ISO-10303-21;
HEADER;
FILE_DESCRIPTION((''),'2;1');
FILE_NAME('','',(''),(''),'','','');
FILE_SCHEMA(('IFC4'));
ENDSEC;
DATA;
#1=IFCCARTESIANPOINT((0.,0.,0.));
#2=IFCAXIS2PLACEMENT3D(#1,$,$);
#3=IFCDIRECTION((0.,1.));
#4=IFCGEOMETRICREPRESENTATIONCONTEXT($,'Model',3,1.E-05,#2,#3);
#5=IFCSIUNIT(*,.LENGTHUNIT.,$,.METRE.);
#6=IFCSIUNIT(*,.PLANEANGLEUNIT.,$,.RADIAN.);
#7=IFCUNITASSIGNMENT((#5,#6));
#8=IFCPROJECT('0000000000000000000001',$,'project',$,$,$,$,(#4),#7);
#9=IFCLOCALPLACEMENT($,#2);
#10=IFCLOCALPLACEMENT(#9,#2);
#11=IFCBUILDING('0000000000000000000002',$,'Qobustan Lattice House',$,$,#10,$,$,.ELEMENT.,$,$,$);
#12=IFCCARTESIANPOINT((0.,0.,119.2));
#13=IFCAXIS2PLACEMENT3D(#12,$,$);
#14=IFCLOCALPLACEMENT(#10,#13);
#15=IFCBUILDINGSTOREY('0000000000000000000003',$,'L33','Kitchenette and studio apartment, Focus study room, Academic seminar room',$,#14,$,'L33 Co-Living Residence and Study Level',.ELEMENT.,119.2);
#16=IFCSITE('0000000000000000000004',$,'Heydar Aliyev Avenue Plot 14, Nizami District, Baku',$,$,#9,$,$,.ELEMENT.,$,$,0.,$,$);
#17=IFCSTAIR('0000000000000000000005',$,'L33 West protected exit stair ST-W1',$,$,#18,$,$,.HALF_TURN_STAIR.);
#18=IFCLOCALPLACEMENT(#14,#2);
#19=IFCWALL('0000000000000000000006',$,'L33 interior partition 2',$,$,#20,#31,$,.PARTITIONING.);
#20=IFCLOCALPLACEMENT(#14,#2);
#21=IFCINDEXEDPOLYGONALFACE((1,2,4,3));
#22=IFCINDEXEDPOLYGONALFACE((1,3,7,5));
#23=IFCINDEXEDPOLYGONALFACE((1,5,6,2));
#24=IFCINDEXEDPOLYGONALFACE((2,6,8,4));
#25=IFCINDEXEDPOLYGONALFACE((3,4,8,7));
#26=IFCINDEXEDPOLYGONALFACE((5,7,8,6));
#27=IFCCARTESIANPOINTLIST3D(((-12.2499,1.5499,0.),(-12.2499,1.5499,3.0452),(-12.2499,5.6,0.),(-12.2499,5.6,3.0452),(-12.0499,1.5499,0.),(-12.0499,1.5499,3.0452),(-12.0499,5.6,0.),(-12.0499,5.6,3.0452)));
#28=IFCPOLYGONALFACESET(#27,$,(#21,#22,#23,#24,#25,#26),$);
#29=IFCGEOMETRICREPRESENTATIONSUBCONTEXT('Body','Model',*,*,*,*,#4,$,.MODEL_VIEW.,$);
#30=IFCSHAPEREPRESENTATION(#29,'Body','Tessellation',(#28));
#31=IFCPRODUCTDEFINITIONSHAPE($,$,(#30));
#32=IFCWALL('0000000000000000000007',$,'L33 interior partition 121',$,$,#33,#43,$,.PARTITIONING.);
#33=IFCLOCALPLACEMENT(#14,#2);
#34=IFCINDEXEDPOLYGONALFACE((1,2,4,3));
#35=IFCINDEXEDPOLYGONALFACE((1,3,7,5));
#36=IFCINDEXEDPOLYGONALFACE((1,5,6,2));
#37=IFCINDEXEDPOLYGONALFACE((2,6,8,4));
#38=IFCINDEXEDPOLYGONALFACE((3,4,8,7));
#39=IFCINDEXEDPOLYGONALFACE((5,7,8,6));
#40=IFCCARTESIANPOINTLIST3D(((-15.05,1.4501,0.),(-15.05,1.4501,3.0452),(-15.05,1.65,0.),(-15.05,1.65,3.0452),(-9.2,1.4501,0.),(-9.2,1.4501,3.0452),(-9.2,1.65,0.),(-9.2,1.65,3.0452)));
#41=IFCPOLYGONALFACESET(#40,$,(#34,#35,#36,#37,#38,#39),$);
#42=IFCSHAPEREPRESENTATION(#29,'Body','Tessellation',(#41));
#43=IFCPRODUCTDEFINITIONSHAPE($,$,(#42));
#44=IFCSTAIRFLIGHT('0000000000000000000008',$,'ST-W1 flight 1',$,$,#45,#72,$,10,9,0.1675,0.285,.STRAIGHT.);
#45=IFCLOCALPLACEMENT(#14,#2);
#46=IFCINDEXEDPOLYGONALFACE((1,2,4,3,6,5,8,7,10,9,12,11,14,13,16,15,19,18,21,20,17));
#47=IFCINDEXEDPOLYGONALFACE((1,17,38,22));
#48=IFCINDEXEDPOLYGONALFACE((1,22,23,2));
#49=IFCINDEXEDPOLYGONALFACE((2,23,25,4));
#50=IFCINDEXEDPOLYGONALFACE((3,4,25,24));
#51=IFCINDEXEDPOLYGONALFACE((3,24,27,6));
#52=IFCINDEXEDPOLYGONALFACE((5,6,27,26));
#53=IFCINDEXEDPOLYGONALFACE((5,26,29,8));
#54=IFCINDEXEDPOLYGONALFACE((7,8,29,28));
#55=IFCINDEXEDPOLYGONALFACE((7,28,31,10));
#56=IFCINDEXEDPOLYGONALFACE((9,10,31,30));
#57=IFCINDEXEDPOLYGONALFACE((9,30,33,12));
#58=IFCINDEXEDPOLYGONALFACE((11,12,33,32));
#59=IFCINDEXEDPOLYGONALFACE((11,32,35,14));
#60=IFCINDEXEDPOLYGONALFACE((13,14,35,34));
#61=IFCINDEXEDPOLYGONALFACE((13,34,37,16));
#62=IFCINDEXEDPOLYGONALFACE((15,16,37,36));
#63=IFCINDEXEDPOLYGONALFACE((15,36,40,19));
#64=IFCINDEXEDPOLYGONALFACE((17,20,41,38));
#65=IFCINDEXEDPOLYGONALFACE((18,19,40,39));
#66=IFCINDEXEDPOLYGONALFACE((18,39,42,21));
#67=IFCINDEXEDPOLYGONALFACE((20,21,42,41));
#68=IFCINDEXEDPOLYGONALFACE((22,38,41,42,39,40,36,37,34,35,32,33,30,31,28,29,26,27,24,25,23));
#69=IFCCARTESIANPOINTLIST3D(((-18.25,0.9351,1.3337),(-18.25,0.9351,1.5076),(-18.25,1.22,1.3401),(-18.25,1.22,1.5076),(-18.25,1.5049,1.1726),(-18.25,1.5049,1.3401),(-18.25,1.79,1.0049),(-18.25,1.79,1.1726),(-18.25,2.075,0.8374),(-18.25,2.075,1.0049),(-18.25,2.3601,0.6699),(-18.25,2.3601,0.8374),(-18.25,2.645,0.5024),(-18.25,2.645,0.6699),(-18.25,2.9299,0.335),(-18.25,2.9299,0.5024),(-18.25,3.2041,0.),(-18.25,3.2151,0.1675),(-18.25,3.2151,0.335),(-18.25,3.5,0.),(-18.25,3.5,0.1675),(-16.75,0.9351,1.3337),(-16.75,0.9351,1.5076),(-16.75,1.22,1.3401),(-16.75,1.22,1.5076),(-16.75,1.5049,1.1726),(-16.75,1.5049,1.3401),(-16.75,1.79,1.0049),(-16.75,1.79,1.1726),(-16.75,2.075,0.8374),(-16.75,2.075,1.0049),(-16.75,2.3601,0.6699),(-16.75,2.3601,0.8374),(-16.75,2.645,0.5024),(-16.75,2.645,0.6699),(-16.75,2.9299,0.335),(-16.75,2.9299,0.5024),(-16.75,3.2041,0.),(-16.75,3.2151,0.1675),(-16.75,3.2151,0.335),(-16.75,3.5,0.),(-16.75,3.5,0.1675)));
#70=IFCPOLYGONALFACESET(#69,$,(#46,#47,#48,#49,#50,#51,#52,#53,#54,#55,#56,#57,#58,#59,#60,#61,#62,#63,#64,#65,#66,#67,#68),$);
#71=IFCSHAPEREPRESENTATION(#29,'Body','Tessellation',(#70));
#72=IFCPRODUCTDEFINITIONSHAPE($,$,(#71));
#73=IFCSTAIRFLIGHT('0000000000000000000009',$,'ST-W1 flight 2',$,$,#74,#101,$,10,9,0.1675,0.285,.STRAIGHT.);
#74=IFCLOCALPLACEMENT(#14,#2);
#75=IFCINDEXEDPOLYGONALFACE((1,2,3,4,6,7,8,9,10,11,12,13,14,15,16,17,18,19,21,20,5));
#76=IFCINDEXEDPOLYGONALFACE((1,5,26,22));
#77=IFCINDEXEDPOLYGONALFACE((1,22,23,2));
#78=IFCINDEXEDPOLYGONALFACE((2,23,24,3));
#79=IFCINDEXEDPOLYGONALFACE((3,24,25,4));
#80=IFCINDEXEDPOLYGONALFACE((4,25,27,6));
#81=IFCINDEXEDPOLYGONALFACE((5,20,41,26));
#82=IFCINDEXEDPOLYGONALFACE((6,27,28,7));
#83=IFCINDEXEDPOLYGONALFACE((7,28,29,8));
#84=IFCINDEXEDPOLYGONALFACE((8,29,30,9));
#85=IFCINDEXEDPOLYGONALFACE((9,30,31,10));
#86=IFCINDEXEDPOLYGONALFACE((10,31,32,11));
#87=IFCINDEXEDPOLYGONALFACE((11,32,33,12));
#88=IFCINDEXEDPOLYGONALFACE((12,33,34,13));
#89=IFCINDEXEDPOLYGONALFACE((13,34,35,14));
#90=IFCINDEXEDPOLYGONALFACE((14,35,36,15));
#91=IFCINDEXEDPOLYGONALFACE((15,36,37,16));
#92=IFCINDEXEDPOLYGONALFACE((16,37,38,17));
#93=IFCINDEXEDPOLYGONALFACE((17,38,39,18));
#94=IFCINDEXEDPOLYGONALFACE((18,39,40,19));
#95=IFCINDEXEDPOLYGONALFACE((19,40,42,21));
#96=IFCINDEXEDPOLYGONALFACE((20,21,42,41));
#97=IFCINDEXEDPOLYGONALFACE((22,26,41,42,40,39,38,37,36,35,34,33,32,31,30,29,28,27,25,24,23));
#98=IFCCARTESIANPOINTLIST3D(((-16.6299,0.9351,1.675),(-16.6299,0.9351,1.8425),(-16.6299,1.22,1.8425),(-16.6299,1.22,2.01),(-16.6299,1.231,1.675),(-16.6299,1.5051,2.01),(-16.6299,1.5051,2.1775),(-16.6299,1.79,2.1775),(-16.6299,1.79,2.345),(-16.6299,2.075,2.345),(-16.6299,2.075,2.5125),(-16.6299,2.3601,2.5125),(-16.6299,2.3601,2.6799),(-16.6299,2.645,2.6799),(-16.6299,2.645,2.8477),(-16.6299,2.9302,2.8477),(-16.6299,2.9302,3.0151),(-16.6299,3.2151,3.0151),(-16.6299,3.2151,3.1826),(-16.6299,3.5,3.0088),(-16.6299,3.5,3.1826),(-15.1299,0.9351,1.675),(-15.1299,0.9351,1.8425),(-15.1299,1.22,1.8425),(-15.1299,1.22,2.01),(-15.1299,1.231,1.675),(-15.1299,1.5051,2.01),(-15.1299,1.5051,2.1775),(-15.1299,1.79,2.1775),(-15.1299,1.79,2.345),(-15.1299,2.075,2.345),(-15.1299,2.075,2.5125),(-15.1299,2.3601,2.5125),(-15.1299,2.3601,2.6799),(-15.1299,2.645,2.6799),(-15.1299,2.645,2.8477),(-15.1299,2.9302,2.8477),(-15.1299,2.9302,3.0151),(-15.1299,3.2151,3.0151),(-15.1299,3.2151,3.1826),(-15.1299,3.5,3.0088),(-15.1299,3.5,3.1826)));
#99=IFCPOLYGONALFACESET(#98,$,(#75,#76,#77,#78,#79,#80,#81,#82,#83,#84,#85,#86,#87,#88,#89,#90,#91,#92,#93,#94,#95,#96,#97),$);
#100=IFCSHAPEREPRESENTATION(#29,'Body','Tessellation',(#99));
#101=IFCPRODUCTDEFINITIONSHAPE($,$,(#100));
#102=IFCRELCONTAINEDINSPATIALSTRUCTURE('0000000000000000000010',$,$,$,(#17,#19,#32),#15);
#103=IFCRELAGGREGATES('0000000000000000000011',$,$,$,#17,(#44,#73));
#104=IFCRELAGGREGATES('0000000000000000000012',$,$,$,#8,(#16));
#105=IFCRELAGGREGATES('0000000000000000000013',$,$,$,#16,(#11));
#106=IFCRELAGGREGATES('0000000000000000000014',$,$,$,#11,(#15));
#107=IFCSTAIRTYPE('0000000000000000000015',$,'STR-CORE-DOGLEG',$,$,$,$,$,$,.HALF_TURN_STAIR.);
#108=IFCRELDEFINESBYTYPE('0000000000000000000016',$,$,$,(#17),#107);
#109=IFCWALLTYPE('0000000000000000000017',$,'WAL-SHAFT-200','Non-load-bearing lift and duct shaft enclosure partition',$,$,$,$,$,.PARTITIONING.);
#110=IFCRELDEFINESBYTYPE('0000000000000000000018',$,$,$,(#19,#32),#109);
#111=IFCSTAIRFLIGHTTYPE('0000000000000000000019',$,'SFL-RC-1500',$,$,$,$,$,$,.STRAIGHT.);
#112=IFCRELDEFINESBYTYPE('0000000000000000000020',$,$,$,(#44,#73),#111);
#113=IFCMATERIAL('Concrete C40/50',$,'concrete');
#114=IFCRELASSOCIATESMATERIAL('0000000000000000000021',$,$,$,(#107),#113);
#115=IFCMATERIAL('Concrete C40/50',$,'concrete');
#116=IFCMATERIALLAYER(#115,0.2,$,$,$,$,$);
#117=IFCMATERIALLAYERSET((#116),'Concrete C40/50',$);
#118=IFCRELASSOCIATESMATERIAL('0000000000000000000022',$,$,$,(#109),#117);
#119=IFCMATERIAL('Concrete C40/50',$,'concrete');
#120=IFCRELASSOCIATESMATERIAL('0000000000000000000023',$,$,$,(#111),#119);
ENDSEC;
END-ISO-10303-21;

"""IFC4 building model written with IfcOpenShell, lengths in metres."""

from ifc_helpers import new_model, si_unit, direction, frame, frame_2d, origin, place, context, subcontext, project, spatial, polyline, rectangle, outline, extrude, material, layer, layer_set, type_object, element, aggregate, save


model = new_model("IFC4")

# Units and contexts
model_context = context("Model", 3, precision=1e-05, world=origin(), true_north=direction((0.0, 1.0)))
body_context = subcontext(model_context, "Body", "Model", "MODEL_VIEW")
ifc_project = project(units=[si_unit("LENGTHUNIT", "METRE"), si_unit("PLANEANGLEUNIT", "RADIAN")], contexts=[model_context])

# Site, building, storey
site_placement = place(None, origin())
site = spatial("IfcSite", under=ifc_project, at=site_placement, Name="Heydar Aliyev Avenue Plot 14, Nizami District, Baku", CompositionType="ELEMENT", RefElevation=0.0)
building_placement = place(site_placement, origin())
building = spatial("IfcBuilding", under=site, at=building_placement, Name="Qobustan Lattice House", CompositionType="ELEMENT")
storey_placement = place(building_placement, frame((0.0, 0.0, 119.2)))
storey = spatial("IfcBuildingStorey", under=building, at=storey_placement, Name="L33", Description="Kitchenette and studio apartment, Focus study room, Academic seminar room", LongName="L33 Co-Living Residence and Study Level", CompositionType="ELEMENT", Elevation=119.2)

# Stair
ifc_material_1 = material(Name="Concrete C40/50", Category="concrete")
stair_type = type_object("IfcStairType", Name="STR-CORE-DOGLEG", PredefinedType="HALF_TURN_STAIR", material=ifc_material_1)
stair_placement = place(storey_placement, origin())
stair = element("IfcStair", 1, at=stair_placement, inside=storey, type_object=stair_type, Name="L33 West protected exit stair ST-W1", PredefinedType="HALF_TURN_STAIR")

# Walls
ifc_material_2 = material(Name="Concrete C40/50", Category="concrete")
ifc_layer_1 = layer(ifc_material_2, 0.2)
ifc_layer_set_1 = layer_set([ifc_layer_1], Name="Concrete C40/50")
wall_type_1 = type_object("IfcWallType", Name="WAL-SHAFT-200", Description="Non-load-bearing lift and duct shaft enclosure partition", PredefinedType="PARTITIONING", material=ifc_layer_set_1)
wall_1_placement = place(storey_placement, frame((-12.1499, 1.55, 0.0), z_axis=(0.0, 0.0, 1.0), x_axis=(0.0, 1.0, 0.0)))
element("IfcWall", 2, at=wall_1_placement, inside=storey, type_object=wall_type_1, Name="L33 interior partition 2", PredefinedType="PARTITIONING", context=body_context, shape_type="SweptSolid", body=[
    extrude(rectangle(XDim=4.05, YDim=0.2, at=frame_2d((2.0249, 0.0))), origin(), (0.0, 0.0, 1.0), 3.0452),
])
wall_2_placement = place(storey_placement, frame((-15.05, 1.55, 0.0), z_axis=(0.0, 0.0, 1.0), x_axis=(1.0, 0.0, 0.0)))
element("IfcWall", 3, at=wall_2_placement, inside=storey, type_object=wall_type_1, Name="L33 interior partition 121", PredefinedType="PARTITIONING", context=body_context, shape_type="SweptSolid", body=[
    extrude(rectangle(XDim=5.8501, YDim=0.2, at=frame_2d((2.925, 0.0))), origin(), (0.0, 0.0, 1.0), 3.0452),
])

# Stair flights
ifc_material_3 = material(Name="Concrete C40/50", Category="concrete")
stair_flight_type = type_object("IfcStairFlightType", Name="SFL-RC-1500", PredefinedType="STRAIGHT", material=ifc_material_3)
stair_flight_1_placement = place(storey_placement, frame((-17.5, 3.5, 0.0), z_axis=(0.0, 0.0, 1.0), x_axis=(0.0, -1.0, 0.0)))
stair_flight_1 = element("IfcStairFlight", 4, at=stair_flight_1_placement, type_object=stair_flight_type, Name="ST-W1 flight 1", NumberOfRisers=10, NumberOfTreads=9, PredefinedType="STRAIGHT", RiserHeight=0.1675, TreadLength=0.285, context=body_context, shape_type="SweptSolid", body=[
    extrude(outline(polyline([(0.0, 0.0), (0.0, 0.1675), (0.2849, 0.1675), (0.2849, 0.335), (0.5701, 0.335), (0.5701, 0.5024), (0.855, 0.5024), (0.855, 0.6699), (1.1399, 0.6699), (1.1399, 0.8374), (1.425, 0.8374), (1.425, 1.0049), (1.71, 1.0049), (1.71, 1.1726), (1.9951, 1.1726), (1.9951, 1.3401), (2.28, 1.3401), (2.28, 1.5076), (2.5649, 1.5076), (2.5649, 1.675), (2.5649, 1.3337), (0.2959, 0.0), (0.0, 0.0)])), frame((0.0, 0.75, 0.0), z_axis=(0.0, -1.0, 0.0), x_axis=(1.0, 0.0, 0.0)), (0.0, 0.0, 1.0), 1.5),
])
stair_flight_2_placement = place(storey_placement, frame((-15.8799, 0.9351, 1.675), z_axis=(0.0, 0.0, 1.0), x_axis=(0.0, 1.0, 0.0)))
stair_flight_2 = element("IfcStairFlight", 5, at=stair_flight_2_placement, type_object=stair_flight_type, Name="ST-W1 flight 2", NumberOfRisers=10, NumberOfTreads=9, PredefinedType="STRAIGHT", RiserHeight=0.1675, TreadLength=0.285, context=body_context, shape_type="SweptSolid", body=[
    extrude(outline(polyline([(0.0, 0.0), (0.0, 0.1675), (0.2849, 0.1675), (0.2849, 0.335), (0.5701, 0.335), (0.5701, 0.5024), (0.855, 0.5024), (0.855, 0.6699), (1.1399, 0.6699), (1.1399, 0.8374), (1.425, 0.8374), (1.425, 1.0049), (1.71, 1.0049), (1.71, 1.1726), (1.9951, 1.1726), (1.9951, 1.3401), (2.28, 1.3401), (2.28, 1.5076), (2.5649, 1.5076), (2.5649, 1.675), (2.5649, 1.3337), (0.2959, 0.0), (0.0, 0.0)])), frame((0.0, 0.75, 0.0), z_axis=(0.0, -1.0, 0.0), x_axis=(1.0, 0.0, 0.0)), (0.0, 0.0, 1.0), 1.5),
])
aggregate(stair, [stair_flight_1, stair_flight_2])

save(model, "model.ifc")
